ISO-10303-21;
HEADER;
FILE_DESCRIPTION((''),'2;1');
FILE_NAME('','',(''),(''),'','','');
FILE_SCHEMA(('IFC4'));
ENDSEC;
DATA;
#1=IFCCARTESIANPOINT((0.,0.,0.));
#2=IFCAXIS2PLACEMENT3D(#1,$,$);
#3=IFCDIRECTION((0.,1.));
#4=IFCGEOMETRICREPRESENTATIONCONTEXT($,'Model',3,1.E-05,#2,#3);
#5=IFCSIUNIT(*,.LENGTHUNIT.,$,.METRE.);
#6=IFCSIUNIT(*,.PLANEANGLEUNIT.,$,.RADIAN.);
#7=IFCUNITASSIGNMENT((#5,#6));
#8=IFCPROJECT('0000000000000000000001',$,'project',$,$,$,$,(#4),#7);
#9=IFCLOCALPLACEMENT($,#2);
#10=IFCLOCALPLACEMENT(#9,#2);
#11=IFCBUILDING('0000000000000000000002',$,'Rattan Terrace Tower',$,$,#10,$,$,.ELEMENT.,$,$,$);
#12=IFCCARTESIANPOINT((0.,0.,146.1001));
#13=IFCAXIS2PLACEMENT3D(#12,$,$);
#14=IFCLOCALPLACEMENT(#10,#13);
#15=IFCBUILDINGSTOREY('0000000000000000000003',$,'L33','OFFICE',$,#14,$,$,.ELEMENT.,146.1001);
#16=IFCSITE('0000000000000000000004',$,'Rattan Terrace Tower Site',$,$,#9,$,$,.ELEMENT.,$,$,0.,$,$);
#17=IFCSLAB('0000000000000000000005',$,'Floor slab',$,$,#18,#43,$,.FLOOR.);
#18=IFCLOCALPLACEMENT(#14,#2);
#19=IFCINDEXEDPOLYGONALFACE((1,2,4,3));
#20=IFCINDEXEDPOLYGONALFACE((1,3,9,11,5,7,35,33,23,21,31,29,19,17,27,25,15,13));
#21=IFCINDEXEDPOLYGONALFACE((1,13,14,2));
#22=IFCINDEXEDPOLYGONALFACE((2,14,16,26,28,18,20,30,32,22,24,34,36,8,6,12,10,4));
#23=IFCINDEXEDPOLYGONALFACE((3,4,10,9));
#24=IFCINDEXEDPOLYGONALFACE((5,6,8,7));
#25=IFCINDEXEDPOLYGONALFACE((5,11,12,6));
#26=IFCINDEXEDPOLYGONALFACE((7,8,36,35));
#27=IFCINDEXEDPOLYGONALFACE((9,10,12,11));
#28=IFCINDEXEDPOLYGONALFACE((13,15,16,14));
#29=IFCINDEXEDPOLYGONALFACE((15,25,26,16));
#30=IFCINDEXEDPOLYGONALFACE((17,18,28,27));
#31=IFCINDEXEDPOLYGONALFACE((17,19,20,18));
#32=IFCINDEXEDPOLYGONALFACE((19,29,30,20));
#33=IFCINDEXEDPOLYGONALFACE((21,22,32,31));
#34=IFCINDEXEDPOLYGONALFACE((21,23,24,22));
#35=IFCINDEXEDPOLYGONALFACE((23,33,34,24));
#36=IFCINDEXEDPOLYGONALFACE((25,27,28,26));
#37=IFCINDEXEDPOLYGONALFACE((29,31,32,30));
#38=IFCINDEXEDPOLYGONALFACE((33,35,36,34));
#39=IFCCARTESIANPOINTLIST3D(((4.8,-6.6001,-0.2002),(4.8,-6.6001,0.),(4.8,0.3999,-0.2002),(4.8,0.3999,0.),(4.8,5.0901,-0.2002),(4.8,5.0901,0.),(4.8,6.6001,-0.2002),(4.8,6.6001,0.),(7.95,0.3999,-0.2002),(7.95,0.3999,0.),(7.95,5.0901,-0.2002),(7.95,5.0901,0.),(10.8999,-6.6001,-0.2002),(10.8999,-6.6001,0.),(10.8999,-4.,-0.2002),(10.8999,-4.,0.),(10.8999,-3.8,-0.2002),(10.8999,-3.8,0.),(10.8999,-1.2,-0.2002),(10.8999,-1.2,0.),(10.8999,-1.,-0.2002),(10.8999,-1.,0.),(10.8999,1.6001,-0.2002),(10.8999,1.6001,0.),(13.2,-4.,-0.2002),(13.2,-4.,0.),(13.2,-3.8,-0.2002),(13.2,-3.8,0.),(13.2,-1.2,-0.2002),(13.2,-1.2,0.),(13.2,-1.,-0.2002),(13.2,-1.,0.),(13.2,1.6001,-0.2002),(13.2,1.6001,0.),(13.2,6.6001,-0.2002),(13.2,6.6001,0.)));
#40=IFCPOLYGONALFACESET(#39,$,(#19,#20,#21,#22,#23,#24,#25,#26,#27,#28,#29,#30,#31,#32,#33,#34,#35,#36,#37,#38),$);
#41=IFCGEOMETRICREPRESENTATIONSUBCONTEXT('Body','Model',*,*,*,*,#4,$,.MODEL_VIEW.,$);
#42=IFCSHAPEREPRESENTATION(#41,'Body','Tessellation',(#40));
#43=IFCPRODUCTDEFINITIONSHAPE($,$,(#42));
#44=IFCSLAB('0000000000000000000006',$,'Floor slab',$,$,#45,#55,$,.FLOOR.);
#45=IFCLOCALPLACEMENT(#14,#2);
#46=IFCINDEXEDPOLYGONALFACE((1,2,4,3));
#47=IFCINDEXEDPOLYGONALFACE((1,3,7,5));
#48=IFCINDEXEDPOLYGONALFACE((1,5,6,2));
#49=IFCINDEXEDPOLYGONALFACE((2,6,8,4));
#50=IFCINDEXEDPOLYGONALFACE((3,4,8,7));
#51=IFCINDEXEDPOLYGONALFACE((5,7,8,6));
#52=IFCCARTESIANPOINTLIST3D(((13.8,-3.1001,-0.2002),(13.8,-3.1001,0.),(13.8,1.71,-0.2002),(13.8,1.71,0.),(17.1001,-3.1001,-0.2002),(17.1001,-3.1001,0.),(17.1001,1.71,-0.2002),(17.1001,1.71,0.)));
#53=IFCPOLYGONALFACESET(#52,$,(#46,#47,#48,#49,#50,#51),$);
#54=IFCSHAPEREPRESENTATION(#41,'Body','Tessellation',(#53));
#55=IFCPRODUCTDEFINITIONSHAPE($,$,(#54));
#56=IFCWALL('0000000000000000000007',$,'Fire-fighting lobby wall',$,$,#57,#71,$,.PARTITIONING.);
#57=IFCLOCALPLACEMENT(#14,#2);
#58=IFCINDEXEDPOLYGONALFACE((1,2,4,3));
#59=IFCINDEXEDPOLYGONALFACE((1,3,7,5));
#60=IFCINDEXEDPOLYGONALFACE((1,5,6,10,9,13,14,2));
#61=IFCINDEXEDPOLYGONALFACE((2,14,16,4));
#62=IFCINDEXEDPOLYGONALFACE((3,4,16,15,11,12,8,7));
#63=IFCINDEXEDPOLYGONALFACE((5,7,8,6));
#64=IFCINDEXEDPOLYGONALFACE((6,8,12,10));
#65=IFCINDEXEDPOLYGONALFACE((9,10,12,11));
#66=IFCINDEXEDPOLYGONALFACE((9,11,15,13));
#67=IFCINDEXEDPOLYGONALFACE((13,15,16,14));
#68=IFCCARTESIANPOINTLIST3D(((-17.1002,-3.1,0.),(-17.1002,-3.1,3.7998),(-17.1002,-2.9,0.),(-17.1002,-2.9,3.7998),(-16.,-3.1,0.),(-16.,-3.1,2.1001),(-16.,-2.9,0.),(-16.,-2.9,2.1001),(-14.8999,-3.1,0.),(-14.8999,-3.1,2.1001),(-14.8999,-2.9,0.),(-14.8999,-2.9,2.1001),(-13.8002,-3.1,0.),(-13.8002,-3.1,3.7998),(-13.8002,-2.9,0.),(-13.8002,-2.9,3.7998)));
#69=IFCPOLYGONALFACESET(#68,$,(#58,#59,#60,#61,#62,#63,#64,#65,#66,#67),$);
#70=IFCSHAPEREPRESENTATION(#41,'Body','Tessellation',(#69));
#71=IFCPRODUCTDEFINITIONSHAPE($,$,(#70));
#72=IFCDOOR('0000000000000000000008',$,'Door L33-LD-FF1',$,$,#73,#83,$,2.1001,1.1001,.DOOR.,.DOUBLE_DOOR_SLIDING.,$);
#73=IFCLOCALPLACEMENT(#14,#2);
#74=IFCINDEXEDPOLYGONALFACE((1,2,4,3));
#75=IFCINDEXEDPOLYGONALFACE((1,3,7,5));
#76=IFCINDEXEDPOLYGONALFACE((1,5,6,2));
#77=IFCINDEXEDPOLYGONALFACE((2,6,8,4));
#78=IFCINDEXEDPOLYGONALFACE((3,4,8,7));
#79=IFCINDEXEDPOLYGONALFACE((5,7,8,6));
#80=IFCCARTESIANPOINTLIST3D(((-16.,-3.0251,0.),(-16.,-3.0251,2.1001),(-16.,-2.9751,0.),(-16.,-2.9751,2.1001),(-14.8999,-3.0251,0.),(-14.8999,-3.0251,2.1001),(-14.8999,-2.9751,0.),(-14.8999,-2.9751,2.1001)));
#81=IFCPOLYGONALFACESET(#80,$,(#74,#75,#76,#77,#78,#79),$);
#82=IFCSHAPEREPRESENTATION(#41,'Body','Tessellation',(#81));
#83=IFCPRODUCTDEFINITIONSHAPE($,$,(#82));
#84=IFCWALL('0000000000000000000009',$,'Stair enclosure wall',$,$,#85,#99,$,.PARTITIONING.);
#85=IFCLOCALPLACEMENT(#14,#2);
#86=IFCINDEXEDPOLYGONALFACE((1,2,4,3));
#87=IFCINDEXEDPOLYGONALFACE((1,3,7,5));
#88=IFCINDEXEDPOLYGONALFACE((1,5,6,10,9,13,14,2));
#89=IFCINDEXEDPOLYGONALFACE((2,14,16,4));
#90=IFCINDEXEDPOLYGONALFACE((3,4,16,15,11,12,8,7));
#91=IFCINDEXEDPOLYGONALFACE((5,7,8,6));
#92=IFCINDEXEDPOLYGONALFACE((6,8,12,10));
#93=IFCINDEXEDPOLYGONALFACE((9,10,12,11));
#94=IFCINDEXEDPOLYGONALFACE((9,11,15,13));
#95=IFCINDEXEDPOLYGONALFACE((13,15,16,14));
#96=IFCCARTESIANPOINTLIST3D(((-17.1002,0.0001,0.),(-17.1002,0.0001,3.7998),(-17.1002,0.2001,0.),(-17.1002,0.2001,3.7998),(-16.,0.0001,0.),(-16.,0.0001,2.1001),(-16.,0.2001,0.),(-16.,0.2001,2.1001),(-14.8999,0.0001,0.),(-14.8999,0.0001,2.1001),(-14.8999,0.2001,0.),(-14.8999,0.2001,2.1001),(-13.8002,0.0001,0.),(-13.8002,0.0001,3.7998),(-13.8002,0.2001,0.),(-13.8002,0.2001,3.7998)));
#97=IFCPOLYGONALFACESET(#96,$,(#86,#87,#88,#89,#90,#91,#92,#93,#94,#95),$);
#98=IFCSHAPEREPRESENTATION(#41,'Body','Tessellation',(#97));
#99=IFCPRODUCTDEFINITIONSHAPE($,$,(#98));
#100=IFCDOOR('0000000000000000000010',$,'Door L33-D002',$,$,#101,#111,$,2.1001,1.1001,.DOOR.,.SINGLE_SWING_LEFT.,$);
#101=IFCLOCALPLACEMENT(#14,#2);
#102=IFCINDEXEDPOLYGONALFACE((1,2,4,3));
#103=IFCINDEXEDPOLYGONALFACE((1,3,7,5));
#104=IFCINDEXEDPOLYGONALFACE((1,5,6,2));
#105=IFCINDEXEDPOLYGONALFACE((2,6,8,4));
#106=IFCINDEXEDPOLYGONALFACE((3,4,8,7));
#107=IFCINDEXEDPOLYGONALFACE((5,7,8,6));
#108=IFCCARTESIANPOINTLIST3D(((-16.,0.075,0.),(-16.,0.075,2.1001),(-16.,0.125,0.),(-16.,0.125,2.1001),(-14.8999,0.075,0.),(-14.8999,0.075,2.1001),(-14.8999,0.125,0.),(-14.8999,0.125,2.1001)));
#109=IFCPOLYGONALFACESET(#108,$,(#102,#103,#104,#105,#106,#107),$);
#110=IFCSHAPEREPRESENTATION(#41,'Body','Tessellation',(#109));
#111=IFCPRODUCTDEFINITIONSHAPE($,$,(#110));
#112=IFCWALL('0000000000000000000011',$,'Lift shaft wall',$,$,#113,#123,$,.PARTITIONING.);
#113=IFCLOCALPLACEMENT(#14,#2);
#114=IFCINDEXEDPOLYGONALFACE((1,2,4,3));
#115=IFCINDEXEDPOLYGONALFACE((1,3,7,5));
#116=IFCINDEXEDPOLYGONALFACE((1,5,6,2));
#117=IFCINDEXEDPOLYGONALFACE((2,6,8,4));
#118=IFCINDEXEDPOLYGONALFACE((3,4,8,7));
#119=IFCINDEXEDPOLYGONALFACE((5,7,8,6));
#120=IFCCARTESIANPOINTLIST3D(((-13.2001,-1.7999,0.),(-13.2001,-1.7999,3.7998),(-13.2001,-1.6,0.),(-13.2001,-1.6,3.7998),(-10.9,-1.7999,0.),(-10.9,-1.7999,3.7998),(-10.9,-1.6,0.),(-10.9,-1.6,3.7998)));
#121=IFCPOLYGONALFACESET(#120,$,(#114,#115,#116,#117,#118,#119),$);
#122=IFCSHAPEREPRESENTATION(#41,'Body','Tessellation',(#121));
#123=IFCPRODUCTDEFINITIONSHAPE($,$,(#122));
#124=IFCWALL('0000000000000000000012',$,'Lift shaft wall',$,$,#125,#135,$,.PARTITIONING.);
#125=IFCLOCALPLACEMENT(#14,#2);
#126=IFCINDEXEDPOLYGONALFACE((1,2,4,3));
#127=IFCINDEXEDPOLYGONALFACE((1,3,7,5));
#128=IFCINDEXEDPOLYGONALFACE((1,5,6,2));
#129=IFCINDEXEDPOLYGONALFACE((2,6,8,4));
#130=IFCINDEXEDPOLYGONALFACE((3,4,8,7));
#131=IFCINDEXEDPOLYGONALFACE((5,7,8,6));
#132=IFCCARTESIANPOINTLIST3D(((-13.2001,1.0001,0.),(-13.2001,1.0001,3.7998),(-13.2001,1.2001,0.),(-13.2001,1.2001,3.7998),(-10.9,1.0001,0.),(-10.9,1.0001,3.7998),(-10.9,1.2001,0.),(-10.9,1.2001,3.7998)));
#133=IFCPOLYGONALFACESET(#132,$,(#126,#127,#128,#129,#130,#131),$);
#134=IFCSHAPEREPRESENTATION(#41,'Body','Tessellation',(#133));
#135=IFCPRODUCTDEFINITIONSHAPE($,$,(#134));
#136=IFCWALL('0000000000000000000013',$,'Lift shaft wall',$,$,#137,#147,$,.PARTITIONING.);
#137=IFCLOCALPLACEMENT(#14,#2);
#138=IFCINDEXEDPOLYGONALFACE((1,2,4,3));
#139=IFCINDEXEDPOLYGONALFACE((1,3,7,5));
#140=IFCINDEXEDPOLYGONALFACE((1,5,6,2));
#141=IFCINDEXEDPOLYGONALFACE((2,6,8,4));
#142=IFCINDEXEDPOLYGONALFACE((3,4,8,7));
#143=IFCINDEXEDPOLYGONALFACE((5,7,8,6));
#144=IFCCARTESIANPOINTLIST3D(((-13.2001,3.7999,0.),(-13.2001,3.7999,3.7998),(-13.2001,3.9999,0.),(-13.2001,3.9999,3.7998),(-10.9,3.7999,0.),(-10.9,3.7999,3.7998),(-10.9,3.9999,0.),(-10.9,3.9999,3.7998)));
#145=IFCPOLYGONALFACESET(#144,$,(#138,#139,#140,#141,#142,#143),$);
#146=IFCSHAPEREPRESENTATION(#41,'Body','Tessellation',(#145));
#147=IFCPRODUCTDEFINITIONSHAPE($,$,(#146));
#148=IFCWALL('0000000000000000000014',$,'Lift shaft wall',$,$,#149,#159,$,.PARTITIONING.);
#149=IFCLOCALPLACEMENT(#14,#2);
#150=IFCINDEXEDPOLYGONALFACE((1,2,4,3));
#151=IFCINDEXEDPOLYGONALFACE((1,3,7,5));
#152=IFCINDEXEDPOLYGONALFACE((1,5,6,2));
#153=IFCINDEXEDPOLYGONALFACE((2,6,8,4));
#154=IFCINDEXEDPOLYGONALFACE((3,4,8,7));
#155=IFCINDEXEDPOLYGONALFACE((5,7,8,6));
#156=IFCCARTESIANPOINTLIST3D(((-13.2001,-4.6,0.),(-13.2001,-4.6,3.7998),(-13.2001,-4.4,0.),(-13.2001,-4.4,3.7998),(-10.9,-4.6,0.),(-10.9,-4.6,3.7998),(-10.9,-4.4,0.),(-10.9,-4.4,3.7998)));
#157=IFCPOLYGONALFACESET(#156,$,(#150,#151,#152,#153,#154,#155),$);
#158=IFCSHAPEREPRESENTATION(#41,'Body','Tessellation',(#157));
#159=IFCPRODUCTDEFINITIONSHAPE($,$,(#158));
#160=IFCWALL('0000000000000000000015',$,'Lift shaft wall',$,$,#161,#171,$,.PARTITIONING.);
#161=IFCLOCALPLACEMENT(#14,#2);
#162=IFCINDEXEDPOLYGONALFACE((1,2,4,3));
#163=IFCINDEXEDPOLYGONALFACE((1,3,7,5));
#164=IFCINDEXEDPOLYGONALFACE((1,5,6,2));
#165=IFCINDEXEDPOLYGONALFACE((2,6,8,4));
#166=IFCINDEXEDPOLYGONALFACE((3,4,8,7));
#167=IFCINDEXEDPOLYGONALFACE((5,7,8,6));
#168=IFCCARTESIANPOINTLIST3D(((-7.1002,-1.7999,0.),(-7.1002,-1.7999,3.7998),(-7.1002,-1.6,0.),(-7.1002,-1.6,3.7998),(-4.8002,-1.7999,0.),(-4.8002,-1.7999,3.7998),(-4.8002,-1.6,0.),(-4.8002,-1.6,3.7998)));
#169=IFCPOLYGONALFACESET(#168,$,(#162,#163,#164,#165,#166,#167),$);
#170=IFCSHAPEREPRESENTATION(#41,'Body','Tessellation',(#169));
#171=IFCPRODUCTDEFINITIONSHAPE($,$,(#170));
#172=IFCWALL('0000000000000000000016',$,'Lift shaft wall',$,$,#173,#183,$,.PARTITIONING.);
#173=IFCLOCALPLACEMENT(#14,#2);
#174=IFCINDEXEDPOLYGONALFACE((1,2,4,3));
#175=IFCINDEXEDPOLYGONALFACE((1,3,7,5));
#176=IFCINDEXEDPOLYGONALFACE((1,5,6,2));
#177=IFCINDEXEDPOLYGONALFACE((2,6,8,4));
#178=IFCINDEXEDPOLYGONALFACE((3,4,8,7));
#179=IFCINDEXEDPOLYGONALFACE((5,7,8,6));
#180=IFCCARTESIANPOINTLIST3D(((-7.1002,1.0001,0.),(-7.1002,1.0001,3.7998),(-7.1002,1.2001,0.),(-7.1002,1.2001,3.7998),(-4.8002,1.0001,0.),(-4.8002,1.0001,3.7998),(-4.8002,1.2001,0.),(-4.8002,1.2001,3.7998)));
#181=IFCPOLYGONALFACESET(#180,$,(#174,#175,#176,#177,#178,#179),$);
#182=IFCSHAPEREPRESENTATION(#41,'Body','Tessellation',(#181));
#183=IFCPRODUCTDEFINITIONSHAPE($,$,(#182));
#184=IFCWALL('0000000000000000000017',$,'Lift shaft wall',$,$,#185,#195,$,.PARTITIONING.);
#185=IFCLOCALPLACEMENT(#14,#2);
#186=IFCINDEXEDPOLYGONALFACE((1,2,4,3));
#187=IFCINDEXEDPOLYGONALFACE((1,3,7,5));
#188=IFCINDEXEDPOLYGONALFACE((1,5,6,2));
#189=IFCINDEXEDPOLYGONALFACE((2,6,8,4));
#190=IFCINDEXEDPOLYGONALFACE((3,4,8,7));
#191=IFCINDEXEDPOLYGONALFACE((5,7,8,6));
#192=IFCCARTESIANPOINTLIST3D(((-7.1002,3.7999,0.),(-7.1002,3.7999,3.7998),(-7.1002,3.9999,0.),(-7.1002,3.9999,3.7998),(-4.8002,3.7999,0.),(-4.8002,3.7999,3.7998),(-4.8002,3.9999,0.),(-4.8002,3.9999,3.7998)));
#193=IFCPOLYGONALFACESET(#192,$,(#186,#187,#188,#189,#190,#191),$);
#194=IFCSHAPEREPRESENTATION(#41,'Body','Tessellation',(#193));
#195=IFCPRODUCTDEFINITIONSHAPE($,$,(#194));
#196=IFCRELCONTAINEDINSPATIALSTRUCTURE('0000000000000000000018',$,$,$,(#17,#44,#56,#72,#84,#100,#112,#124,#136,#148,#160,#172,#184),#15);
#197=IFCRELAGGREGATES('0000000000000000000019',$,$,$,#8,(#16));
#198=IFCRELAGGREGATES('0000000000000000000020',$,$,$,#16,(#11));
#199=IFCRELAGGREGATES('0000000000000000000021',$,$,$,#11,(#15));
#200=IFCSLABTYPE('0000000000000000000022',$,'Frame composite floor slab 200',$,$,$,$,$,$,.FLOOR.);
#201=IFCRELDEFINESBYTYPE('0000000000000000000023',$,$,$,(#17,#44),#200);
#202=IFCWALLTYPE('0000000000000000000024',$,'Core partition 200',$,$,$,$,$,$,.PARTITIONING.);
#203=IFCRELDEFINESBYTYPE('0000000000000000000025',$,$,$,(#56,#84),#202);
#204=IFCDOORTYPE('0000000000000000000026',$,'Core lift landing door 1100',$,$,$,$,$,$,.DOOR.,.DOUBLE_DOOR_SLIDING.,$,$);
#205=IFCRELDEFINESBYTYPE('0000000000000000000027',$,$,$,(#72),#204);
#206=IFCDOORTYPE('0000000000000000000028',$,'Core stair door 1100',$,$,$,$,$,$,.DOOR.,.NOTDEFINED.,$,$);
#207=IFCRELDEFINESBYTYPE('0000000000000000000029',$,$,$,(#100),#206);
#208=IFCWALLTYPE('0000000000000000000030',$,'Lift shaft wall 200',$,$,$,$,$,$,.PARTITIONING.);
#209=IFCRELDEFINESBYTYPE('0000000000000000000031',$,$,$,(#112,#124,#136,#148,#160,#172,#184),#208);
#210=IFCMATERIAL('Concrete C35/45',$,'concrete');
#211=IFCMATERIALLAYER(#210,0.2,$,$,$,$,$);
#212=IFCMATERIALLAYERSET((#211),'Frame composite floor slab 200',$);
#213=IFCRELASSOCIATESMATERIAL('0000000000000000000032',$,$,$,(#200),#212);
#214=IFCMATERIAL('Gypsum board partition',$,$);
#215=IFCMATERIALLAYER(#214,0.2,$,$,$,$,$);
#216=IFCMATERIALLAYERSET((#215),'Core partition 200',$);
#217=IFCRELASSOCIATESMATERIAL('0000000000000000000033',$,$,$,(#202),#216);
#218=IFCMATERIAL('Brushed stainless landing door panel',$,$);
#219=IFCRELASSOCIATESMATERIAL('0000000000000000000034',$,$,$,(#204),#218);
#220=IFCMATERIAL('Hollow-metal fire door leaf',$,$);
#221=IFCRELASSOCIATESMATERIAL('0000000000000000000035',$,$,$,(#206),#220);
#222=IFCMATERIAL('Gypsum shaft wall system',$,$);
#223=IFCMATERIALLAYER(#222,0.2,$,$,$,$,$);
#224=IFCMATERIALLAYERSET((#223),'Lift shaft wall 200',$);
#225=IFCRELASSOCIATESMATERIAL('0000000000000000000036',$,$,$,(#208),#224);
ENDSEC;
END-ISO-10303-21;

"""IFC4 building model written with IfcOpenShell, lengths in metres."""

from ifc_helpers import new_model, si_unit, direction, frame, frame_2d, origin, place, context, subcontext, project, spatial, polyline, rectangle, outline, extrude, material, layer, layer_set, type_object, element, fill, save


model = new_model("IFC4")

# Units and contexts
model_context = context("Model", 3, precision=1e-05, world=origin(), true_north=direction((0.0, 1.0)))
body_context = subcontext(model_context, "Body", "Model", "MODEL_VIEW")
ifc_project = project(units=[si_unit("LENGTHUNIT", "METRE"), si_unit("PLANEANGLEUNIT", "RADIAN")], contexts=[model_context])

# Site, building, storey
site_placement = place(None, origin())
site = spatial("IfcSite", under=ifc_project, at=site_placement, Name="Rattan Terrace Tower Site", CompositionType="ELEMENT", RefElevation=0.0)
building_placement = place(site_placement, origin())
building = spatial("IfcBuilding", under=site, at=building_placement, Name="Rattan Terrace Tower", CompositionType="ELEMENT")
storey_placement = place(building_placement, frame((0.0, 0.0, 146.1001)))
storey = spatial("IfcBuildingStorey", under=building, at=storey_placement, Name="L33", Description="OFFICE", CompositionType="ELEMENT", Elevation=146.1001)

# Slabs
ifc_material_1 = material(Name="Concrete C35/45", Category="concrete")
ifc_layer_1 = layer(ifc_material_1, 0.2)
ifc_layer_set_1 = layer_set([ifc_layer_1], Name="Frame composite floor slab 200")
slab_type = type_object("IfcSlabType", Name="Frame composite floor slab 200", PredefinedType="FLOOR", material=ifc_layer_set_1)
slab_1_placement = place(storey_placement, frame((0.0, 0.0, -0.2002)))
element("IfcSlab", 1, at=slab_1_placement, inside=storey, type_object=slab_type, Name="Floor slab", PredefinedType="FLOOR", context=body_context, shape_type="SweptSolid", body=[
    extrude(outline(polyline([(4.8, 5.0901), (7.95, 5.0901), (7.95, 0.3999), (4.8, 0.3999), (4.8, -6.6001), (10.8999, -6.6001), (10.8999, -4.0), (13.2, -4.0), (13.2, -3.8), (10.8999, -3.8), (10.8999, -1.2), (13.2, -1.2), (13.2, -1.0), (10.8999, -1.0), (10.8999, 1.6001), (13.2, 1.6001), (13.2, 6.6001), (4.8, 6.6001), (4.8, 5.0901)])), origin(), (0.0, 0.0, 1.0), 0.2002),
])
slab_2_placement = place(storey_placement, frame((0.0, 0.0, -0.2002)))
element("IfcSlab", 2, at=slab_2_placement, inside=storey, type_object=slab_type, Name="Floor slab", PredefinedType="FLOOR", context=body_context, shape_type="SweptSolid", body=[
    extrude(outline(polyline([(13.8, -3.1001), (17.1001, -3.1001), (17.1001, 1.71), (13.8, 1.71), (13.8, -3.1001)])), origin(), (0.0, 0.0, 1.0), 0.2002),
])

# Walls, openings, doors
ifc_material_2 = material(Name="Gypsum board partition")
ifc_layer_2 = layer(ifc_material_2, 0.2)
ifc_layer_set_2 = layer_set([ifc_layer_2], Name="Core partition 200")
wall_type_1 = type_object("IfcWallType", Name="Core partition 200", PredefinedType="PARTITIONING", material=ifc_layer_set_2)
wall_1_placement = place(storey_placement, frame((-17.1001, -3.0, 0.0), z_axis=(0.0, 0.0, 1.0), x_axis=(1.0, 0.0, 0.0)))
wall_1 = element("IfcWall", 3, at=wall_1_placement, inside=storey, type_object=wall_type_1, Name="Fire-fighting lobby wall", PredefinedType="PARTITIONING", context=body_context, shape_type="SweptSolid", body=[
    extrude(rectangle(XDim=3.3, YDim=0.2, at=frame_2d((1.6499, 0.0))), origin(), (0.0, 0.0, 1.0), 3.7998),
])
opening_1_placement = place(wall_1_placement, frame((1.1001, 0.0, 0.0)))
opening_1 = element("IfcOpeningElement", 4, at=opening_1_placement, cuts=wall_1, PredefinedType="OPENING", context=body_context, shape_type="SweptSolid", body=[
    extrude(rectangle(XDim=1.1001, YDim=2.1001, at=frame_2d((0.55, 1.05))), frame((0.0, 0.1106, 0.0), z_axis=(0.0, -1.0, 0.0), x_axis=(1.0, 0.0, 0.0)), (0.0, 0.0, 1.0), 0.2209),
])
ifc_material_3 = material(Name="Brushed stainless landing door panel")
door_type_1 = type_object("IfcDoorType", Name="Core lift landing door 1100", OperationType="DOUBLE_DOOR_SLIDING", PredefinedType="DOOR", material=ifc_material_3)
door_1_placement = place(opening_1_placement, origin())
door_1 = element("IfcDoor", 5, at=door_1_placement, inside=storey, type_object=door_type_1, Name="Door L33-LD-FF1", OperationType="DOUBLE_DOOR_SLIDING", OverallHeight=2.1001, OverallWidth=1.1001, PredefinedType="DOOR", context=body_context, shape_type="SweptSolid", body=[
    extrude(rectangle(XDim=1.1001, YDim=2.1001, at=frame_2d((0.55, 1.05))), frame((0.0, 0.0249, 0.0), z_axis=(0.0, -1.0, 0.0), x_axis=(1.0, 0.0, 0.0)), (0.0, 0.0, 1.0), 0.05),
])
fill(opening_1, door_1)
wall_2_placement = place(storey_placement, frame((-17.1001, 0.1001, 0.0), z_axis=(0.0, 0.0, 1.0), x_axis=(1.0, 0.0, 0.0)))
wall_2 = element("IfcWall", 6, at=wall_2_placement, inside=storey, type_object=wall_type_1, Name="Stair enclosure wall", PredefinedType="PARTITIONING", context=body_context, shape_type="SweptSolid", body=[
    extrude(rectangle(XDim=3.3, YDim=0.2, at=frame_2d((1.6499, 0.0))), origin(), (0.0, 0.0, 1.0), 3.7998),
])
opening_2_placement = place(wall_2_placement, frame((1.1001, 0.0, 0.0)))
opening_2 = element("IfcOpeningElement", 7, at=opening_2_placement, cuts=wall_2, PredefinedType="OPENING", context=body_context, shape_type="SweptSolid", body=[
    extrude(rectangle(XDim=1.1001, YDim=2.1001, at=frame_2d((0.55, 1.05))), frame((0.0, 0.1106, 0.0), z_axis=(0.0, -1.0, 0.0), x_axis=(1.0, 0.0, 0.0)), (0.0, 0.0, 1.0), 0.2209),
])
ifc_material_4 = material(Name="Hollow-metal fire door leaf")
door_type_2 = type_object("IfcDoorType", Name="Core stair door 1100", OperationType="NOTDEFINED", PredefinedType="DOOR", material=ifc_material_4)
door_2_placement = place(opening_2_placement, origin())
door_2 = element("IfcDoor", 8, at=door_2_placement, inside=storey, type_object=door_type_2, Name="Door L33-D002", OperationType="SINGLE_SWING_LEFT", OverallHeight=2.1001, OverallWidth=1.1001, PredefinedType="DOOR", context=body_context, shape_type="SweptSolid", body=[
    extrude(rectangle(XDim=1.1001, YDim=2.1001, at=frame_2d((0.55, 1.05))), frame((0.0, 0.0249, 0.0), z_axis=(0.0, -1.0, 0.0), x_axis=(1.0, 0.0, 0.0)), (0.0, 0.0, 1.0), 0.05),
])
fill(opening_2, door_2)

# Walls
ifc_material_5 = material(Name="Gypsum shaft wall system")
ifc_layer_3 = layer(ifc_material_5, 0.2)
ifc_layer_set_3 = layer_set([ifc_layer_3], Name="Lift shaft wall 200")
wall_type_2 = type_object("IfcWallType", Name="Lift shaft wall 200", PredefinedType="PARTITIONING", material=ifc_layer_set_3)
for number, where, z_axis, x_axis, name in (
    (9, (-13.2, -1.7, 0.0), (0.0, 0.0, 1.0), (1.0, 0.0, 0.0), "Lift shaft wall"),
    (10, (-13.2, 1.1001, 0.0), (0.0, 0.0, 1.0), (1.0, 0.0, 0.0), "Lift shaft wall"),
    (11, (-13.2, 3.8999, 0.0), (0.0, 0.0, 1.0), (1.0, 0.0, 0.0), "Lift shaft wall"),
    (12, (-13.2, -4.5, 0.0), (0.0, 0.0, 1.0), (1.0, 0.0, 0.0), "Lift shaft wall"),
    (13, (-7.1001, -1.7, 0.0), (0.0, 0.0, 1.0), (1.0, 0.0, 0.0), "Lift shaft wall"),
    (14, (-7.1001, 1.1001, 0.0), (0.0, 0.0, 1.0), (1.0, 0.0, 0.0), "Lift shaft wall"),
    (15, (-7.1001, 3.8999, 0.0), (0.0, 0.0, 1.0), (1.0, 0.0, 0.0), "Lift shaft wall"),
):
    element("IfcWall", number, at=place(storey_placement, frame(where, z_axis=z_axis, x_axis=x_axis)), inside=storey, type_object=wall_type_2, Name=name, PredefinedType="PARTITIONING", context=body_context, shape_type="SweptSolid", body=[
        extrude(rectangle(XDim=2.3, YDim=0.2, at=frame_2d((1.1499, 0.0))), origin(), (0.0, 0.0, 1.0), 3.7998),
    ])

save(model, "model.ifc")
